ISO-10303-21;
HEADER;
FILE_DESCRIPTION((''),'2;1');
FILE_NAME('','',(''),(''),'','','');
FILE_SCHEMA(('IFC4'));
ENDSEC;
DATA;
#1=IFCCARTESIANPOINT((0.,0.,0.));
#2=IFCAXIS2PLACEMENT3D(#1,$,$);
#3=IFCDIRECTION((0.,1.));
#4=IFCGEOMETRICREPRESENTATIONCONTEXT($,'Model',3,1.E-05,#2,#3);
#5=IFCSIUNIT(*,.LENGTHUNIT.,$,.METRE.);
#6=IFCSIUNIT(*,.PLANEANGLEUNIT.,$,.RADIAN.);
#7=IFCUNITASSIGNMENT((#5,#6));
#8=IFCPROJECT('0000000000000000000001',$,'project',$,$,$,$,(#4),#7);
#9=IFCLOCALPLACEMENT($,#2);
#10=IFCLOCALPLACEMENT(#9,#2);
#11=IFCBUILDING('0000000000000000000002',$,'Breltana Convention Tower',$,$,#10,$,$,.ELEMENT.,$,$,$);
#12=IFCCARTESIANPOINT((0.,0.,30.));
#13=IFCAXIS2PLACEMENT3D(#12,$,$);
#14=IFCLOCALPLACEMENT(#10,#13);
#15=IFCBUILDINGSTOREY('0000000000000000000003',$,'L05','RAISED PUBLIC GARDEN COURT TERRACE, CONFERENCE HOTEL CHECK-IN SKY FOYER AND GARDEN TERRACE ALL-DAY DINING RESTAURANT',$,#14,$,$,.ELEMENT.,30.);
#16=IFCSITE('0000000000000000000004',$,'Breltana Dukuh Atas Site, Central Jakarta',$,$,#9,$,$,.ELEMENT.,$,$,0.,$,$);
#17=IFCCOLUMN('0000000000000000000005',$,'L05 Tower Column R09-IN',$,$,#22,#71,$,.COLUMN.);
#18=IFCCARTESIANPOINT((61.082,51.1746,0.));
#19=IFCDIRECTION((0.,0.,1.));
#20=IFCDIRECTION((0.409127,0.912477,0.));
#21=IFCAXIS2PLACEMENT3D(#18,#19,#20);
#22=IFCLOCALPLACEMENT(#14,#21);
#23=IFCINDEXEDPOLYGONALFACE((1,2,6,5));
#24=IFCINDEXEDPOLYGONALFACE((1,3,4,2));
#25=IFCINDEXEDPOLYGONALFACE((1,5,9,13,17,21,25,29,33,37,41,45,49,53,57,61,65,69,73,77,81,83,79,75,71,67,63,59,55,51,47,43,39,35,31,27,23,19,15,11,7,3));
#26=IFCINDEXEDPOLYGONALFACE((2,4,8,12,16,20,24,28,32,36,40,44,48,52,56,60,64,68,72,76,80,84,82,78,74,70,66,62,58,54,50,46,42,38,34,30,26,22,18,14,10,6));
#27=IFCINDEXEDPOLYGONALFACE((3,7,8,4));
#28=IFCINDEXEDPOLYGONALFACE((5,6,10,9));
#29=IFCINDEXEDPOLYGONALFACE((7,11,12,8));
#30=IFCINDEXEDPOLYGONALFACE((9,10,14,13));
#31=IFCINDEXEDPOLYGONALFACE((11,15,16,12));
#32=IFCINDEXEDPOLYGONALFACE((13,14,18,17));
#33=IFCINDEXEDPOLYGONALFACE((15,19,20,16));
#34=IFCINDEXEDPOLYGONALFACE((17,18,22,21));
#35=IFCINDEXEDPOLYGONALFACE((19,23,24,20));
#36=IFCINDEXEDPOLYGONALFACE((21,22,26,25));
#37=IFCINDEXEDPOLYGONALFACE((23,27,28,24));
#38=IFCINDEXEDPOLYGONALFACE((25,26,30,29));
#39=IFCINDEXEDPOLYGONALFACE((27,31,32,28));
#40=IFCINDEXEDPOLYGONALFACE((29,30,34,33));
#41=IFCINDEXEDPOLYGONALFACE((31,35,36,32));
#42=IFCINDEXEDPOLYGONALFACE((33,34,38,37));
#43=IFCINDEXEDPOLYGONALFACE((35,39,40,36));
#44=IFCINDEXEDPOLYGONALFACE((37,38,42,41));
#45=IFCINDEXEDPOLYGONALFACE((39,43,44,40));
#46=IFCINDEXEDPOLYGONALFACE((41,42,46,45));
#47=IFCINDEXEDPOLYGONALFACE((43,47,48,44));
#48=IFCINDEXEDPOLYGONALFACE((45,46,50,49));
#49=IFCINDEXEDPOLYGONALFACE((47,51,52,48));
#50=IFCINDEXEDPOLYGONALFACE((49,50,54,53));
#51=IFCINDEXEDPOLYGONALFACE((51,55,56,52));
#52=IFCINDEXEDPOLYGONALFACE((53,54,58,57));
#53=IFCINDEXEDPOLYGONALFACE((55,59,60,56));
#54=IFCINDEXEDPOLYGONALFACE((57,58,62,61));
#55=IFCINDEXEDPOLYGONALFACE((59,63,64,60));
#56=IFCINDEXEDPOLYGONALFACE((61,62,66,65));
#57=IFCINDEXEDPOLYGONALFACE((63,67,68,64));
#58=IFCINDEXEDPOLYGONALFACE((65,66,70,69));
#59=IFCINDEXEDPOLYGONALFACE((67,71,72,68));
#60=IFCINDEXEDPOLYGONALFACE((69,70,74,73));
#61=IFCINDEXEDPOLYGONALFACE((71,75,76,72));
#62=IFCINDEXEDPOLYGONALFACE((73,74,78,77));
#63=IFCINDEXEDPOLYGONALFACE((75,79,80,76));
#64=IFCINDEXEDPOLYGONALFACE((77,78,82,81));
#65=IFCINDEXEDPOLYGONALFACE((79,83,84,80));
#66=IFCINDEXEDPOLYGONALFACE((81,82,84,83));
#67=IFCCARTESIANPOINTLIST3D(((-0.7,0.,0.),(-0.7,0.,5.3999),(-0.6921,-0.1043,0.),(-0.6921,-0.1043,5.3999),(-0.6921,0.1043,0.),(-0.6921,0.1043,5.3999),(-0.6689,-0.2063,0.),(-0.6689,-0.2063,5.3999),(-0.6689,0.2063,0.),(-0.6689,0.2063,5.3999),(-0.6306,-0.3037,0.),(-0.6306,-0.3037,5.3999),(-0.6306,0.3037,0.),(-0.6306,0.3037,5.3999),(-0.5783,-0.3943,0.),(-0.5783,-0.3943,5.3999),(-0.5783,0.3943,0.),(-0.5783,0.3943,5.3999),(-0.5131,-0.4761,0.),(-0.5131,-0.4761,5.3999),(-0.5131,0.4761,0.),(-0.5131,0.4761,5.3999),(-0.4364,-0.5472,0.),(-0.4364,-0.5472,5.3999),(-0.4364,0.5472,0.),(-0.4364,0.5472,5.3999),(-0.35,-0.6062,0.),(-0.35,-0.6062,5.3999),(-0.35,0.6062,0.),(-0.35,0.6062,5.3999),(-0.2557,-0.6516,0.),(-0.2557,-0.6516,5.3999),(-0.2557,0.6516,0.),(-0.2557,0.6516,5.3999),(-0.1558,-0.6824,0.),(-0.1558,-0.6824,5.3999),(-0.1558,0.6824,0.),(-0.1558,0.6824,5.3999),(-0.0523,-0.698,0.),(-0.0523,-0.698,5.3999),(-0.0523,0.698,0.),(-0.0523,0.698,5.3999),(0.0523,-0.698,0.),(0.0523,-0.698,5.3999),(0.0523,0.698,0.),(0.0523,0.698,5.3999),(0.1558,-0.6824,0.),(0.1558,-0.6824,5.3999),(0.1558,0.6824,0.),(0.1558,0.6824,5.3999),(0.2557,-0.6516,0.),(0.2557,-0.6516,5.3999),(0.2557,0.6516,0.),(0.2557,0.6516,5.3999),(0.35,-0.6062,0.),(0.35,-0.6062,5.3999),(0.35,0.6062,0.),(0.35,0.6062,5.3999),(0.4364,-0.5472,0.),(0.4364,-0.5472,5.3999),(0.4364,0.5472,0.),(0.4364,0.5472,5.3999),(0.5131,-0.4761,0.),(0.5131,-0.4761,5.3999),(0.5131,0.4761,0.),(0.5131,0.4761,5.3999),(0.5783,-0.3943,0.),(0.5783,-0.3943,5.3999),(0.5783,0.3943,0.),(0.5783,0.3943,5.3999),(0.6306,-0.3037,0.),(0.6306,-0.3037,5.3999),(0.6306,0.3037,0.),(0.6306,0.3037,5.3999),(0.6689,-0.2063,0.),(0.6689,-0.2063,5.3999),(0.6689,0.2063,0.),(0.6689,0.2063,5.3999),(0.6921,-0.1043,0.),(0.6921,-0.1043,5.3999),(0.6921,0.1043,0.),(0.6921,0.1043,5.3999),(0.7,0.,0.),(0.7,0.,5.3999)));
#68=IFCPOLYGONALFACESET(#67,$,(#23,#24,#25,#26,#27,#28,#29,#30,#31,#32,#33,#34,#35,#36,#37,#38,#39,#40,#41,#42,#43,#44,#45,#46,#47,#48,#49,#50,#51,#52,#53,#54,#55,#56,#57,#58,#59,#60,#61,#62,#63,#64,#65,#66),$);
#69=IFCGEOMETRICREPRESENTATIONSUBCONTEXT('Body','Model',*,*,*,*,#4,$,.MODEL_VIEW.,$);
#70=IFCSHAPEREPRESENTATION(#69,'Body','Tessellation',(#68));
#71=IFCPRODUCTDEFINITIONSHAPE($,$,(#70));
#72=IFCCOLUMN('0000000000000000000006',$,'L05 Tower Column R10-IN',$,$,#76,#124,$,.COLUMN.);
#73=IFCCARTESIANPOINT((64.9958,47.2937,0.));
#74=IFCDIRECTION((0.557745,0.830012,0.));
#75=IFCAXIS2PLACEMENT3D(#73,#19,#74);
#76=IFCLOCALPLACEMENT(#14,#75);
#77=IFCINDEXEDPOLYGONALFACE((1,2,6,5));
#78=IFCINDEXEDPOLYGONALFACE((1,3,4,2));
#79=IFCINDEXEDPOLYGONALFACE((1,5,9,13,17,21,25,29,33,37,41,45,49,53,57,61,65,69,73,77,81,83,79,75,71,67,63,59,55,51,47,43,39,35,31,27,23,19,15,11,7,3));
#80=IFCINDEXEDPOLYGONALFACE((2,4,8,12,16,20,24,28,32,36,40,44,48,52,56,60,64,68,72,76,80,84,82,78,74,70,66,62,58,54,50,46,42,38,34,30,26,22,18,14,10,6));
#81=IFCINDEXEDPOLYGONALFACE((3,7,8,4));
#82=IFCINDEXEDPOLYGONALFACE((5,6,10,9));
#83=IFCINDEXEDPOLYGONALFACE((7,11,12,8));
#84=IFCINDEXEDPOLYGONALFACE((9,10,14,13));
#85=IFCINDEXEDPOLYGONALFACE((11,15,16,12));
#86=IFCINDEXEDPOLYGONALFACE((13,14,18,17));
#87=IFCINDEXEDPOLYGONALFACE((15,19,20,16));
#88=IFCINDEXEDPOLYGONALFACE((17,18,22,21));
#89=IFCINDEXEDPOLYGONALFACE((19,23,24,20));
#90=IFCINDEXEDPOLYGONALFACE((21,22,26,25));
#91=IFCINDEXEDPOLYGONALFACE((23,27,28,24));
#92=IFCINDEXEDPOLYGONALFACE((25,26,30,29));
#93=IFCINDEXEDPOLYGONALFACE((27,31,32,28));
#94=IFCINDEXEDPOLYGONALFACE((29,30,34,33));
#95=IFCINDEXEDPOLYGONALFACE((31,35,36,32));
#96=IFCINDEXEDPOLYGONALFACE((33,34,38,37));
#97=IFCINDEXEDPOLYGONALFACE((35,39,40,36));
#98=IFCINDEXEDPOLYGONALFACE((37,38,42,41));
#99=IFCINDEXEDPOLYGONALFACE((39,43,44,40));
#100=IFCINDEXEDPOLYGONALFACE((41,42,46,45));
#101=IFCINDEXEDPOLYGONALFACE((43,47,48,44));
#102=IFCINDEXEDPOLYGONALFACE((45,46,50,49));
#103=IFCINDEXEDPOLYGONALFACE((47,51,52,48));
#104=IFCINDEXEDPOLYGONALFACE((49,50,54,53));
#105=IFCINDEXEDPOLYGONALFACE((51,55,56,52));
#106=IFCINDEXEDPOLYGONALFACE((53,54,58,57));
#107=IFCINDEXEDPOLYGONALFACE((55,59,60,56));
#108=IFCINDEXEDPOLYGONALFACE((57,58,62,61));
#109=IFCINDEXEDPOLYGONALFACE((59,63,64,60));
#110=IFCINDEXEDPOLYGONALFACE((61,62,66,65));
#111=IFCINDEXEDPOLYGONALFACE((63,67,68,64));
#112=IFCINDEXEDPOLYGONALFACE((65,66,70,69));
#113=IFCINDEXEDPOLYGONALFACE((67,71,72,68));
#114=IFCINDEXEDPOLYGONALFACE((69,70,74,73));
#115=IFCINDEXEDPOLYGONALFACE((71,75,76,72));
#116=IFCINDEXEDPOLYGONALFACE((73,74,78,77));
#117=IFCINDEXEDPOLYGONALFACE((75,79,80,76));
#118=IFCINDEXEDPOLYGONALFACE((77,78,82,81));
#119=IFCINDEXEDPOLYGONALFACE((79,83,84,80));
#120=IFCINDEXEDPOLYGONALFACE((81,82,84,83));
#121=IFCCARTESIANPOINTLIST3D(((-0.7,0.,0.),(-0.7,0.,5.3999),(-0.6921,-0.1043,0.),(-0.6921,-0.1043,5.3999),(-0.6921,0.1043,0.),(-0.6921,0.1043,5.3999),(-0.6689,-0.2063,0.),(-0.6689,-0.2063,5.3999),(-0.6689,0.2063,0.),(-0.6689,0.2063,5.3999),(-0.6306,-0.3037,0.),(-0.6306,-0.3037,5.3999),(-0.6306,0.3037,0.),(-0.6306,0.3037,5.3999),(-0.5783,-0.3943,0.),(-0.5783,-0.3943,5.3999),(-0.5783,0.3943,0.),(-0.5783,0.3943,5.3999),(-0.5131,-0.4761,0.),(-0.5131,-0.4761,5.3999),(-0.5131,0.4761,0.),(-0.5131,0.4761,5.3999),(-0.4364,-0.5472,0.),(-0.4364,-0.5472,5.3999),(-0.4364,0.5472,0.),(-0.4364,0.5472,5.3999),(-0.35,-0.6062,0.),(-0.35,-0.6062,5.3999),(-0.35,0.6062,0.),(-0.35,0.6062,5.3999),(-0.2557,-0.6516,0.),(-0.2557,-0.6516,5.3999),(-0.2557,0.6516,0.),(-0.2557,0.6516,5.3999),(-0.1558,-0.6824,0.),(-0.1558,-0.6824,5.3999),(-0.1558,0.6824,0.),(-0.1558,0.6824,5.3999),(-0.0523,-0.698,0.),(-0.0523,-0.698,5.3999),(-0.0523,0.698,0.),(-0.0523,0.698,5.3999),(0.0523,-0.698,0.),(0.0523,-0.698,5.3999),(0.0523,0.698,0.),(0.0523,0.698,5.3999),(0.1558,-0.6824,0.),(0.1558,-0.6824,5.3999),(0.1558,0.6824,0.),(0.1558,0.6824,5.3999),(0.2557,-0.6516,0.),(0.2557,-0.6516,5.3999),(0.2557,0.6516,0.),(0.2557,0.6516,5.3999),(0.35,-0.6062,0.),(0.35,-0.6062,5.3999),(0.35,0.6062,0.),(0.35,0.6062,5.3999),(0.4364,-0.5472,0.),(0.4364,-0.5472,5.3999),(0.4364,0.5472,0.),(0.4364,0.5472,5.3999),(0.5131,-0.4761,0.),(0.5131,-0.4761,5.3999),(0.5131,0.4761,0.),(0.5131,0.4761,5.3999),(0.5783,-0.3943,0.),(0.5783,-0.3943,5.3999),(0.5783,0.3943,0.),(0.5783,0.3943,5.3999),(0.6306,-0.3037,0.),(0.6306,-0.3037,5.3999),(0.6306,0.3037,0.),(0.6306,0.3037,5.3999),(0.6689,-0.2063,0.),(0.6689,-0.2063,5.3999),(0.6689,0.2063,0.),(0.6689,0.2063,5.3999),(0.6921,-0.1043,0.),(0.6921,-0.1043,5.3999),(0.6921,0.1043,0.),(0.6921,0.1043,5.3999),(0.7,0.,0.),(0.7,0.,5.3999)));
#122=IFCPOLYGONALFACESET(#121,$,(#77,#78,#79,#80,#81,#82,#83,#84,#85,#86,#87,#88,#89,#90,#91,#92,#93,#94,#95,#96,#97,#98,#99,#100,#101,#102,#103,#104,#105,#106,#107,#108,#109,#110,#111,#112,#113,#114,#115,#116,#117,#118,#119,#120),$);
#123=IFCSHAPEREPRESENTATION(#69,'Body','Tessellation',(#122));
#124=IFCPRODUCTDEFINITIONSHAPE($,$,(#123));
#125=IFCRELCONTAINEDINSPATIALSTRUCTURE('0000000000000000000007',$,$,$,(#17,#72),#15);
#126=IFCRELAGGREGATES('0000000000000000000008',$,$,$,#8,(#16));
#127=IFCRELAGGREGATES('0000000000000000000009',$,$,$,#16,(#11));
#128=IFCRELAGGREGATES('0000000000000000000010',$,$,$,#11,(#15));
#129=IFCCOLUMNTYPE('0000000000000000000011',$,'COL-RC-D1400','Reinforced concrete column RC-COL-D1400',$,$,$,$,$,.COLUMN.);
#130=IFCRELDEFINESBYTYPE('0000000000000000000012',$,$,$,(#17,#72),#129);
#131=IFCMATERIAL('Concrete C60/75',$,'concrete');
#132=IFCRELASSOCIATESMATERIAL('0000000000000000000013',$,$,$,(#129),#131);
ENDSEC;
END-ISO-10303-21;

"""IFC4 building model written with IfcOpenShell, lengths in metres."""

from ifc_helpers import new_model, si_unit, direction, frame, origin, origin_2d, place, context, subcontext, project, spatial, circle, extrude, source, transform, mapped, material, material_profile, profile_set, type_object, type_shapes, element, save


model = new_model("IFC4")

# Units and contexts
model_context = context("Model", 3, precision=1e-05, world=origin(), true_north=direction((0.0, 1.0)))
body_context = subcontext(model_context, "Body", "Model", "MODEL_VIEW")
ifc_project = project(units=[si_unit("LENGTHUNIT", "METRE"), si_unit("PLANEANGLEUNIT", "RADIAN")], contexts=[model_context])

# Site, building, storey
site_placement = place(None, origin())
site = spatial("IfcSite", under=ifc_project, at=site_placement, Name="Breltana Dukuh Atas Site, Central Jakarta", CompositionType="ELEMENT", RefElevation=0.0)
building_placement = place(site_placement, origin())
building = spatial("IfcBuilding", under=site, at=building_placement, Name="Breltana Convention Tower", CompositionType="ELEMENT")
storey_placement = place(building_placement, frame((0.0, 0.0, 30.0)))
storey = spatial("IfcBuildingStorey", under=building, at=storey_placement, Name="L05", Description="RAISED PUBLIC GARDEN COURT TERRACE, CONFERENCE HOTEL CHECK-IN SKY FOYER AND GARDEN TERRACE ALL-DAY DINING RESTAURANT", CompositionType="ELEMENT", Elevation=30.0)

# Columns
ifc_material_1 = material(Name="Concrete C60/75", Category="concrete")
ifc_material_profile_1 = material_profile(ifc_material_1, circle(Radius=0.7, at=origin_2d()), Name="RC-COL-D1400")
ifc_profile_set_1 = profile_set([ifc_material_profile_1], Name="Concrete C60/75")
column_type_1 = type_object("IfcColumnType", Name="COL-RC-D1400", Description="Reinforced concrete column RC-COL-D1400", PredefinedType="COLUMN", material=ifc_profile_set_1)
shared_shape_1 = source(origin(), body_context, "Body", "SweptSolid", [
    extrude(circle(Radius=0.7, at=origin_2d()), origin(), (0.0, 0.0, 1.0), 5.3999),
])
type_shapes(column_type_1, [shared_shape_1])
for number, where, z_axis, x_axis, name in (
    (1, (61.082, 51.1746, 0.0), (0.0, 0.0, 1.0), (0.409127, 0.912477, 0.0), "L05 Tower Column R09-IN"),
    (2, (64.9958, 47.2937, 0.0), (0.0, 0.0, 1.0), (0.557745, 0.830012, 0.0), "L05 Tower Column R10-IN"),
):
    element("IfcColumn", number, at=place(storey_placement, frame(where, z_axis=z_axis, x_axis=x_axis)), inside=storey, type_object=column_type_1, Name=name, PredefinedType="COLUMN", context=body_context, shape_type="MappedRepresentation", body=[
        mapped(shared_shape_1, transform((0.0, 0.0, 0.0), scale=1.0)),
    ])

save(model, "model.ifc")
